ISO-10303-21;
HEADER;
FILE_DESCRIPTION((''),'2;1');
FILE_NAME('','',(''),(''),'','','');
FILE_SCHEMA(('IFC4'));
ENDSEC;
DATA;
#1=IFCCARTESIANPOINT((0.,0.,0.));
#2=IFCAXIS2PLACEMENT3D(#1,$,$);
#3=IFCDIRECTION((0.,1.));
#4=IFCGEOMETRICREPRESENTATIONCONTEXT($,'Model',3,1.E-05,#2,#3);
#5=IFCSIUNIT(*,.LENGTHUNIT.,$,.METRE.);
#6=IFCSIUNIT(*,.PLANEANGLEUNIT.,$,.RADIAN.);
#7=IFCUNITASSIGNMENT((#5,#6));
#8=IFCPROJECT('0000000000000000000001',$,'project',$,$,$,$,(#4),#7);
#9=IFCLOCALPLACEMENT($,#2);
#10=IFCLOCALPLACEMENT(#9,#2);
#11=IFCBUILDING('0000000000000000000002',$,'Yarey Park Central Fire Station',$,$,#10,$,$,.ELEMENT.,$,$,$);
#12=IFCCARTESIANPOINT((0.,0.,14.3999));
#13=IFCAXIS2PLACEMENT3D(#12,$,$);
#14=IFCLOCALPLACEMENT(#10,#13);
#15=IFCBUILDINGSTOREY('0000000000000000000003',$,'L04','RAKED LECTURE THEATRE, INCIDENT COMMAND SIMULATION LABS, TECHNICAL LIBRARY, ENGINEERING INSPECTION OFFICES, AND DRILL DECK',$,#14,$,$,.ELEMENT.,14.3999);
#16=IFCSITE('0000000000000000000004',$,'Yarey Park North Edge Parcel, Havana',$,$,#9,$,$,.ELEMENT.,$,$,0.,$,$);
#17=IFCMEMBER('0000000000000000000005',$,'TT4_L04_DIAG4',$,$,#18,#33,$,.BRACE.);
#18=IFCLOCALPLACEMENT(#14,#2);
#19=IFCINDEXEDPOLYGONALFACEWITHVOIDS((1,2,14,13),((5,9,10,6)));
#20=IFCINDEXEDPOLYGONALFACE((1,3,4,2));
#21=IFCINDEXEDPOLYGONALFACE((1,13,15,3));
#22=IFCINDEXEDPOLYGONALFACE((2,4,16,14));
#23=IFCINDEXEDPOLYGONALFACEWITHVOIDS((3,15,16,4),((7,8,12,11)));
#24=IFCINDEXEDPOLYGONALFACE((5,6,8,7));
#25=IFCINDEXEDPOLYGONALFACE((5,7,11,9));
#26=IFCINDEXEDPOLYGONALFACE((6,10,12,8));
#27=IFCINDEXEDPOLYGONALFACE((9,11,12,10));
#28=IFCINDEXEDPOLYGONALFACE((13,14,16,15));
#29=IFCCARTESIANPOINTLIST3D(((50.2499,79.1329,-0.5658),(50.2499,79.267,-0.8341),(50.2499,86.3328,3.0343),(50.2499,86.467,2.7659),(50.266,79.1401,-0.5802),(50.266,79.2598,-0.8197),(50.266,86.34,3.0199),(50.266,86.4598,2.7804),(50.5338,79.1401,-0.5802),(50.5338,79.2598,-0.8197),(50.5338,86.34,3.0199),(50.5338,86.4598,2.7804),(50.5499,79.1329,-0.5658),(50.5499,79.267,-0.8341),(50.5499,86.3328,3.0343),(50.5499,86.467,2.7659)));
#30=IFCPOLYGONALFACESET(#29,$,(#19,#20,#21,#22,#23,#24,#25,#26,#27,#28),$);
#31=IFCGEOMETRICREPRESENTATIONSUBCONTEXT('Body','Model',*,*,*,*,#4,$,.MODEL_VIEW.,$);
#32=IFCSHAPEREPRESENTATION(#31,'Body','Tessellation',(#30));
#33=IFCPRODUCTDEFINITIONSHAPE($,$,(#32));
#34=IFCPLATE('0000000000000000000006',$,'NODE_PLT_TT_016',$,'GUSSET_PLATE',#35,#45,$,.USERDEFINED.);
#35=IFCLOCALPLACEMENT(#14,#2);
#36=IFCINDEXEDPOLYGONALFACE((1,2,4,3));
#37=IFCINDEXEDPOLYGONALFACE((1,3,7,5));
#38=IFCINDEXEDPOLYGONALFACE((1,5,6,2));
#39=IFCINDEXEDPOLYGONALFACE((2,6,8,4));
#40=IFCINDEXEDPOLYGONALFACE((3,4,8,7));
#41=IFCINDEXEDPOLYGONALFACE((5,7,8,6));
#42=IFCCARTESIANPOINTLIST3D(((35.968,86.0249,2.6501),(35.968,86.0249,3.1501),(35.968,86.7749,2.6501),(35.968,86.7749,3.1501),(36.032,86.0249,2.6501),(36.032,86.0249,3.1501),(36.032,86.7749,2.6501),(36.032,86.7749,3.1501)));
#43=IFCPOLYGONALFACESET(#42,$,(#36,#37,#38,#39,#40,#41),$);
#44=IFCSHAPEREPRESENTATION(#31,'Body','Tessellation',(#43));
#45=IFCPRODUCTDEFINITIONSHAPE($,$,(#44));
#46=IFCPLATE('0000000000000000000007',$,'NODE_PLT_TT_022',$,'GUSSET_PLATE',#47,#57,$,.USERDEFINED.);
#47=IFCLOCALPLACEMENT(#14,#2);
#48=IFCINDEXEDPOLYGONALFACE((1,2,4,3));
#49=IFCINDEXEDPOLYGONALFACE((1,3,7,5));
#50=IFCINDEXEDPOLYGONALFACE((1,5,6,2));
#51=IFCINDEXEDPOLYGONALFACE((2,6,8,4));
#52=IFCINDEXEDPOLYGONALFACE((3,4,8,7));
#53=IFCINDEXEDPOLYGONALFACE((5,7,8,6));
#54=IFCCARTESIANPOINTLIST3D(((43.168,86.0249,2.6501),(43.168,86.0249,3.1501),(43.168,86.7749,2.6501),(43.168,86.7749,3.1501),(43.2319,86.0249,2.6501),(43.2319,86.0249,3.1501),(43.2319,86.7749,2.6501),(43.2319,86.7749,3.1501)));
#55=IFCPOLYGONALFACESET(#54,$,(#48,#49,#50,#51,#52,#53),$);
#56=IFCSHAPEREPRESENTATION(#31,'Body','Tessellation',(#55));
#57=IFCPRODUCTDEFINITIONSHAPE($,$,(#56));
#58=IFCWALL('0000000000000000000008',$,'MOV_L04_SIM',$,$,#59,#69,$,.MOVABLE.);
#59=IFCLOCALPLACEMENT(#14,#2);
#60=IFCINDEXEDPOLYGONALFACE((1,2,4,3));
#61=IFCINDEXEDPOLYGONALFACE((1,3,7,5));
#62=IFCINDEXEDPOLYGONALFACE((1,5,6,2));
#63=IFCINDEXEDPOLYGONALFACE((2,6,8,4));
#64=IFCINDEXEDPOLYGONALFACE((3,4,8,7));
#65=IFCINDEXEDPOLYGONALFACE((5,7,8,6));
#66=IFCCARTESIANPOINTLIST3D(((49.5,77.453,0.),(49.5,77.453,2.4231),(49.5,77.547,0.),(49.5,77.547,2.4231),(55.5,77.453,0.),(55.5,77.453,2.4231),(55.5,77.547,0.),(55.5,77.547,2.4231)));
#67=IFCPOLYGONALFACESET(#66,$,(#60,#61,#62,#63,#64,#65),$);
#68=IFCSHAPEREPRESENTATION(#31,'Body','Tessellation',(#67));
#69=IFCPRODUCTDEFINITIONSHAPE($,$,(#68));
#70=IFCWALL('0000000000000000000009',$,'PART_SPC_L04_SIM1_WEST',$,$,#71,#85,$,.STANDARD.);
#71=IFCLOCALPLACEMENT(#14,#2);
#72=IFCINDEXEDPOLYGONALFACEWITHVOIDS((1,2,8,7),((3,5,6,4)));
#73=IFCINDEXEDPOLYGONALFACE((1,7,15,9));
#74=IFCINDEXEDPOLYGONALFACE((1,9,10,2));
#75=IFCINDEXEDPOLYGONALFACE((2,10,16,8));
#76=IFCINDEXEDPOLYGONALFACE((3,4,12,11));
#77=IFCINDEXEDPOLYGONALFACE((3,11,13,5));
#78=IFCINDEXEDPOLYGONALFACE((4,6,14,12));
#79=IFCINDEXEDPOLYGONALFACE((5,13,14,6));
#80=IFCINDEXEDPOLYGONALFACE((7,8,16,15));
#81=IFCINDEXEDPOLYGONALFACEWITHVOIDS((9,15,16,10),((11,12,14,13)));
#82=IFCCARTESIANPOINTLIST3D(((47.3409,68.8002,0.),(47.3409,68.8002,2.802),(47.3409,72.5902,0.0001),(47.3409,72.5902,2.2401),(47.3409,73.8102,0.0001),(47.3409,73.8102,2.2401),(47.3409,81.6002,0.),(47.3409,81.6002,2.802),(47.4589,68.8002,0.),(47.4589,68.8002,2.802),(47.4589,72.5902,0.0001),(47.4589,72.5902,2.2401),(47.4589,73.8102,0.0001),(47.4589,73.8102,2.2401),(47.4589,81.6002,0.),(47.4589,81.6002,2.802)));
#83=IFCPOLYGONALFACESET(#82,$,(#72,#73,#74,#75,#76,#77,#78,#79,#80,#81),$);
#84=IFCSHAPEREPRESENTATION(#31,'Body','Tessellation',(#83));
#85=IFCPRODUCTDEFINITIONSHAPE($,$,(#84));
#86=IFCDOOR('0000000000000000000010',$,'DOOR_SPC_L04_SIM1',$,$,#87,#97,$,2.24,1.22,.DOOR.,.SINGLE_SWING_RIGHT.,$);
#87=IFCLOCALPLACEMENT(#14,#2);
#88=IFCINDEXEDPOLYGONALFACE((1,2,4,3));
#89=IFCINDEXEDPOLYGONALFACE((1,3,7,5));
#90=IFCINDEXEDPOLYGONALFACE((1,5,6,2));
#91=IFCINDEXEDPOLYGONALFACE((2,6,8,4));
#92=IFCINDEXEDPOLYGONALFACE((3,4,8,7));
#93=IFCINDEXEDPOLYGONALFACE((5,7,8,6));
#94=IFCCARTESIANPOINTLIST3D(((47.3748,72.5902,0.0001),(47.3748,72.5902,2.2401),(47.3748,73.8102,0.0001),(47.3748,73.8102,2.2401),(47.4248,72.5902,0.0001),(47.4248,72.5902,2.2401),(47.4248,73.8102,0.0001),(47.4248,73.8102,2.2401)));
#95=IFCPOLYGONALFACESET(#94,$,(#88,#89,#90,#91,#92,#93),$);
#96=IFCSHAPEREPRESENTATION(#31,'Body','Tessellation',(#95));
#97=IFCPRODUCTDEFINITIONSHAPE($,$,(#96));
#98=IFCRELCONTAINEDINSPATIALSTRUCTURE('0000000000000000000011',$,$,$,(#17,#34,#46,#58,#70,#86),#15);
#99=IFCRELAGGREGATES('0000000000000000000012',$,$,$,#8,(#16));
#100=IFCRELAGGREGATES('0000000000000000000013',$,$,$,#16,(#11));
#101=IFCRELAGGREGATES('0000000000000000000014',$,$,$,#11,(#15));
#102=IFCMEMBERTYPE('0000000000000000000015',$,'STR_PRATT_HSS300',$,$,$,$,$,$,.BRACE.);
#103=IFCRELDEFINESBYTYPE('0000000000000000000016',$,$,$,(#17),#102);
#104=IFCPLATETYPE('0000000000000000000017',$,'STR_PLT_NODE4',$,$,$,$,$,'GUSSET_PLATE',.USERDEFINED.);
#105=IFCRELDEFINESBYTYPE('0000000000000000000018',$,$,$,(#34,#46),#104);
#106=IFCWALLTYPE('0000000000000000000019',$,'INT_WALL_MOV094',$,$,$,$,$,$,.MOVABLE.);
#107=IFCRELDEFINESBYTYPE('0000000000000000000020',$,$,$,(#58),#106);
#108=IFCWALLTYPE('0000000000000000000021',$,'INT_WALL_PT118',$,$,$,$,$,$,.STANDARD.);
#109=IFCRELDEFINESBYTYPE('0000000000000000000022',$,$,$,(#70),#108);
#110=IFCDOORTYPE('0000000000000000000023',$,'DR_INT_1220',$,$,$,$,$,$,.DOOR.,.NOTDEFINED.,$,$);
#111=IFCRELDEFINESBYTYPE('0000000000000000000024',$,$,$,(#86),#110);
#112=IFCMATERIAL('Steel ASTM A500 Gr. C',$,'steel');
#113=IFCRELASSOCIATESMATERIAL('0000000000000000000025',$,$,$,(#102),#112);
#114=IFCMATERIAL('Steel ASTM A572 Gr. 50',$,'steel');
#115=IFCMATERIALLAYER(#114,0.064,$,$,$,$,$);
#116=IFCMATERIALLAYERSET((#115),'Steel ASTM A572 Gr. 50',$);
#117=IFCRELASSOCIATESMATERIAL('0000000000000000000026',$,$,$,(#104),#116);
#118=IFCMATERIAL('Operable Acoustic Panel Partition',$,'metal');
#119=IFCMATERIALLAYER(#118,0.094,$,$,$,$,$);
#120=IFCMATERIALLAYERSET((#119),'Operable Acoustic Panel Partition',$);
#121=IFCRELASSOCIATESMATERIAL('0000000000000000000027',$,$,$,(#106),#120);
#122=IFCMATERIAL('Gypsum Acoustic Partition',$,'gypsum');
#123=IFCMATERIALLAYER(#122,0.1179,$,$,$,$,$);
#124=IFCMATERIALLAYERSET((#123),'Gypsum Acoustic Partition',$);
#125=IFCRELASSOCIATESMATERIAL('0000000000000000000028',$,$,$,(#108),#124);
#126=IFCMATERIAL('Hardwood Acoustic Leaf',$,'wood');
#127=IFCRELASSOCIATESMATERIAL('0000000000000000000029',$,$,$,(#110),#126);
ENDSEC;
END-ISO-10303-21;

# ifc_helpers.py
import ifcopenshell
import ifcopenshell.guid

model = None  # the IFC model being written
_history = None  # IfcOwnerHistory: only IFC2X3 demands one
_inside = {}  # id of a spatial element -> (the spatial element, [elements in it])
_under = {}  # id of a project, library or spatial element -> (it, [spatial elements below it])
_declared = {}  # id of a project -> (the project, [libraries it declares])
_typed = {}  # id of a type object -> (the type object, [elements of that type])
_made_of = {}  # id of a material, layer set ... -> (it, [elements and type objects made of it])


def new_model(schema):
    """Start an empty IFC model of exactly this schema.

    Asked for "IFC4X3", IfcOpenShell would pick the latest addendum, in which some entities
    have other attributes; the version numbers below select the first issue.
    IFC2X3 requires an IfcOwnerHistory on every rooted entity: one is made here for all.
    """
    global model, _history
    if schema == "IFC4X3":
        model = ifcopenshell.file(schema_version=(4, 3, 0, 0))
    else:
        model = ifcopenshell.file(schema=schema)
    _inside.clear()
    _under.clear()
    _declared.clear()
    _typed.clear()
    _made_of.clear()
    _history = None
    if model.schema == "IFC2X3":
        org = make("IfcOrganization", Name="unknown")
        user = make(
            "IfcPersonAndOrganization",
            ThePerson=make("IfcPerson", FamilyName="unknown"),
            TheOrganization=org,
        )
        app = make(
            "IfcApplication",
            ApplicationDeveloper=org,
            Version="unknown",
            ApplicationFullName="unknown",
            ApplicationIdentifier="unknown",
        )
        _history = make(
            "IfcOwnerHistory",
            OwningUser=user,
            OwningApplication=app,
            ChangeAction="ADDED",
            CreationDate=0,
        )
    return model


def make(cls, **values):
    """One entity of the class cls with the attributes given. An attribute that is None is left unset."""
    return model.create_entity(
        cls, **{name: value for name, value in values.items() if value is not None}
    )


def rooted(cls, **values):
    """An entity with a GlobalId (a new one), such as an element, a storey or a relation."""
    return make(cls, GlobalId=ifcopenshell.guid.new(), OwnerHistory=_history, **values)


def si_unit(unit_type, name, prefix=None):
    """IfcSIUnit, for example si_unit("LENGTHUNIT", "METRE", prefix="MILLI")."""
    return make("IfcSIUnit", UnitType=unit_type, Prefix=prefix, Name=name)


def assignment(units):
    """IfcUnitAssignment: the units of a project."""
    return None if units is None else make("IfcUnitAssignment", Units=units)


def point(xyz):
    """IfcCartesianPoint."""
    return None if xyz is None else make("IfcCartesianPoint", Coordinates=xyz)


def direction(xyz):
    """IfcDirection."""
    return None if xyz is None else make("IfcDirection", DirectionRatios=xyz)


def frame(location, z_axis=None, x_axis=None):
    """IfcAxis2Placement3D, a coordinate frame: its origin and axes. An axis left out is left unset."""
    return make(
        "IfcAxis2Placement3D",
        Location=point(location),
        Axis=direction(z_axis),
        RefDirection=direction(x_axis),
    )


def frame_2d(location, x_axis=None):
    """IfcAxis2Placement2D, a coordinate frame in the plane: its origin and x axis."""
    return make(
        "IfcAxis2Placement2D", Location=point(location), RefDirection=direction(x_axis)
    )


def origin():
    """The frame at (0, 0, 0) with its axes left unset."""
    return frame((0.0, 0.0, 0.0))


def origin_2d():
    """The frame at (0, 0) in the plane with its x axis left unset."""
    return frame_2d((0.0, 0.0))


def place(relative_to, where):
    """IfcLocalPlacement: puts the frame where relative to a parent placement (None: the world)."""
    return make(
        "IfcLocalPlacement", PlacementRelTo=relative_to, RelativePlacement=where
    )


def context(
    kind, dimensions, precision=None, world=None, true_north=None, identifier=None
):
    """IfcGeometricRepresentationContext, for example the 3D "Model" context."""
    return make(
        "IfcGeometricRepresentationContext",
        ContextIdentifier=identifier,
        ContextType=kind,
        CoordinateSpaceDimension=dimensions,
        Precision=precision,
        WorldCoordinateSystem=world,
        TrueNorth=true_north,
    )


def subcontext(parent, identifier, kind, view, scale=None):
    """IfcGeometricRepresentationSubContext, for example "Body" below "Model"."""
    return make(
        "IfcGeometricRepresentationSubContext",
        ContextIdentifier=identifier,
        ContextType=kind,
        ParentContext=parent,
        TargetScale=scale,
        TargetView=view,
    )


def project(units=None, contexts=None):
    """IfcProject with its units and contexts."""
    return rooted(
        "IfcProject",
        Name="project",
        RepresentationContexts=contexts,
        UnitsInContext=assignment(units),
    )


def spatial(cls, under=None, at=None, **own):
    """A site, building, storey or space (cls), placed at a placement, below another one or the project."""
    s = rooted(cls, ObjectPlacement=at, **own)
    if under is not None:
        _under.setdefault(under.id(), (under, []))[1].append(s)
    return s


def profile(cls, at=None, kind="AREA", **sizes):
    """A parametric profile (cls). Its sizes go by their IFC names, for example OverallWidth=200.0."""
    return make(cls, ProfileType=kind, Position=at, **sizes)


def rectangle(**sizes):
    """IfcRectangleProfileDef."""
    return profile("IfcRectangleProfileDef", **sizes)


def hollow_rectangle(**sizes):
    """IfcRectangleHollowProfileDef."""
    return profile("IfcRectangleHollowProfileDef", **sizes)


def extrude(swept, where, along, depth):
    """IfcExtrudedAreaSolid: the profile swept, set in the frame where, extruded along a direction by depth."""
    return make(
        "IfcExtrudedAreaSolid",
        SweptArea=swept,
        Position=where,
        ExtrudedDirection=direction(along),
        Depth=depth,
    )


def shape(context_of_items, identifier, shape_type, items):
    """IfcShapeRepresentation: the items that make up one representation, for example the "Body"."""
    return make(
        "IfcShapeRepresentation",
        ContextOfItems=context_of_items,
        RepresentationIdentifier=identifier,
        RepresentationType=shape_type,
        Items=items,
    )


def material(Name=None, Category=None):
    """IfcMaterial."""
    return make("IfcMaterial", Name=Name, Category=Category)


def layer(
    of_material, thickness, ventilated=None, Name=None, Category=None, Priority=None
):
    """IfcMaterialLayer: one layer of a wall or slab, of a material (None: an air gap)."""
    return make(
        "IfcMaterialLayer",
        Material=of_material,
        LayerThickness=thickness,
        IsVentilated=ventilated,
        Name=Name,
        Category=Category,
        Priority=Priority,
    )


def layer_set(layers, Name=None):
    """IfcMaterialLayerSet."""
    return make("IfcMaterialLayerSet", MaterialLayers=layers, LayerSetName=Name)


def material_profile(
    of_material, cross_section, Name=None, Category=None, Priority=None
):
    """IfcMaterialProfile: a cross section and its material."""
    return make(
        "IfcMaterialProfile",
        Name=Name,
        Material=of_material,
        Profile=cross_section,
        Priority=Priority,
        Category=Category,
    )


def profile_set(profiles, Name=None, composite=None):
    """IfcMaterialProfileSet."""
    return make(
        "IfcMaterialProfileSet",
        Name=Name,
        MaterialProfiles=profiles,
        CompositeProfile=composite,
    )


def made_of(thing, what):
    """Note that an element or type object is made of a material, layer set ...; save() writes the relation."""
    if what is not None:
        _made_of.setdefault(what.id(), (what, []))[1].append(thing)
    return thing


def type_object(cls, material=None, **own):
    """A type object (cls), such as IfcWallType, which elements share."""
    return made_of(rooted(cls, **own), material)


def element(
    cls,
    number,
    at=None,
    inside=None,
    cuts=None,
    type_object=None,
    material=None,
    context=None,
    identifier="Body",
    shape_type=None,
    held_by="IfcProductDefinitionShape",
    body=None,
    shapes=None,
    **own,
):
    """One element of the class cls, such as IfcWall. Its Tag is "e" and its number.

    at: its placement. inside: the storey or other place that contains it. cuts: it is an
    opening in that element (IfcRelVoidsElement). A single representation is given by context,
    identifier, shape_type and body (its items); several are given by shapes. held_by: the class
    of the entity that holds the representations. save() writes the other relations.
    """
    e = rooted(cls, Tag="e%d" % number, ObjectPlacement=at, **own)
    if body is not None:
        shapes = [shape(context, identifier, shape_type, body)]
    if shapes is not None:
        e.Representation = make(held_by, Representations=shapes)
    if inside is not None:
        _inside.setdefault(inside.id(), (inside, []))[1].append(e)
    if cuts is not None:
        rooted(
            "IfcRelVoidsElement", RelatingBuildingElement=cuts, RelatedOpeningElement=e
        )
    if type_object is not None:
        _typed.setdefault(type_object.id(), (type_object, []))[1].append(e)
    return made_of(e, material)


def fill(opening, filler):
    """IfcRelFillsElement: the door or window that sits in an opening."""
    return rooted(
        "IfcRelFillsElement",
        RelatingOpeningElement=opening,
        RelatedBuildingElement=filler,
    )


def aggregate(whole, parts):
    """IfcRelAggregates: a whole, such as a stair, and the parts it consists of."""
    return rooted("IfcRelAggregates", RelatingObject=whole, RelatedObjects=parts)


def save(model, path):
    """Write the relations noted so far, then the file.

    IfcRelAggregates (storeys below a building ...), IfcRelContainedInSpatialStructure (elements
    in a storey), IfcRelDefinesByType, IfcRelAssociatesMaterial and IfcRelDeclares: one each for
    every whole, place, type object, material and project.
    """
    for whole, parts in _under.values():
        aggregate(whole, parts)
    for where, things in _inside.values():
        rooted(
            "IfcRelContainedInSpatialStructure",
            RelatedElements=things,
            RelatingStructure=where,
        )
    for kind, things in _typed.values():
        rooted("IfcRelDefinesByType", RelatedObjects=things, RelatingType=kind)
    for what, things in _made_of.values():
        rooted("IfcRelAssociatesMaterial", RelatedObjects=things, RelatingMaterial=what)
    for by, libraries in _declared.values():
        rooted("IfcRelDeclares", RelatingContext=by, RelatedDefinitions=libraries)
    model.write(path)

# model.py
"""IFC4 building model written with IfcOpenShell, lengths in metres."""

from ifc_helpers import new_model, si_unit, direction, frame, frame_2d, origin, origin_2d, place, context, subcontext, project, spatial, rectangle, hollow_rectangle, extrude, material, layer, layer_set, material_profile, profile_set, type_object, element, fill, save


model = new_model("IFC4")

# Units and contexts
model_context = context("Model", 3, precision=1e-05, world=origin(), true_north=direction((0.0, 1.0)))
body_context = subcontext(model_context, "Body", "Model", "MODEL_VIEW")
ifc_project = project(units=[si_unit("LENGTHUNIT", "METRE"), si_unit("PLANEANGLEUNIT", "RADIAN")], contexts=[model_context])

# Site, building, storey
site_placement = place(None, origin())
site = spatial("IfcSite", under=ifc_project, at=site_placement, Name="Yarey Park North Edge Parcel, Havana", CompositionType="ELEMENT", RefElevation=0.0)
building_placement = place(site_placement, origin())
building = spatial("IfcBuilding", under=site, at=building_placement, Name="Yarey Park Central Fire Station", CompositionType="ELEMENT")
storey_placement = place(building_placement, frame((0.0, 0.0, 14.3999)))
storey = spatial("IfcBuildingStorey", under=building, at=storey_placement, Name="L04", Description="RAKED LECTURE THEATRE, INCIDENT COMMAND SIMULATION LABS, TECHNICAL LIBRARY, ENGINEERING INSPECTION OFFICES, AND DRILL DECK", CompositionType="ELEMENT", Elevation=14.3999)

# Member
ifc_material_1 = material(Name="Steel ASTM A500 Gr. C", Category="steel")
ifc_material_profile_1 = material_profile(ifc_material_1, hollow_rectangle(XDim=0.3, YDim=0.3, WallThickness=0.0161, at=origin_2d()), Name="HSS 300x300x16")
ifc_profile_set_1 = profile_set([ifc_material_profile_1], Name="Steel ASTM A500 Gr. C")
member_type = type_object("IfcMemberType", Name="STR_PRATT_HSS300", PredefinedType="BRACE", material=ifc_profile_set_1)
member_1_placement = place(storey_placement, frame((50.3999, 79.2, -0.7), z_axis=(0.0, 0.894421, 0.447226), x_axis=(-1.0, 0.0, 0.0)))
element("IfcMember", 1, at=member_1_placement, inside=storey, type_object=member_type, Name="TT4_L04_DIAG4", PredefinedType="BRACE", context=body_context, shape_type="SweptSolid", body=[
    extrude(hollow_rectangle(XDim=0.3, YDim=0.3, WallThickness=0.0161, at=origin_2d()), origin(), (0.0, 0.0, 1.0), 8.0498),
])

# Plates
ifc_material_2 = material(Name="Steel ASTM A572 Gr. 50", Category="steel")
ifc_layer_1 = layer(ifc_material_2, 0.064)
ifc_layer_set_1 = layer_set([ifc_layer_1], Name="Steel ASTM A572 Gr. 50")
plate_type = type_object("IfcPlateType", Name="STR_PLT_NODE4", ElementType="GUSSET_PLATE", PredefinedType="USERDEFINED", material=ifc_layer_set_1)
for number, where, z_axis, x_axis, name in (
    (2, (36.0, 86.3999, 2.6501), (0.0, 0.0, 1.0), (1.0, 0.0, 0.0), "NODE_PLT_TT_016"),
    (3, (43.2, 86.3999, 2.6501), (0.0, 0.0, 1.0), (1.0, 0.0, 0.0), "NODE_PLT_TT_022"),
):
    element("IfcPlate", number, at=place(storey_placement, frame(where, z_axis=z_axis, x_axis=x_axis)), inside=storey, type_object=plate_type, Name=name, ObjectType="GUSSET_PLATE", PredefinedType="USERDEFINED", context=body_context, shape_type="SweptSolid", body=[
        extrude(rectangle(XDim=0.064, YDim=0.75, at=origin_2d()), origin(), (0.0, 0.0, 1.0), 0.5),
    ])

# Wall
ifc_material_3 = material(Name="Operable Acoustic Panel Partition", Category="metal")
ifc_layer_2 = layer(ifc_material_3, 0.094)
ifc_layer_set_2 = layer_set([ifc_layer_2], Name="Operable Acoustic Panel Partition")
wall_type_1 = type_object("IfcWallType", Name="INT_WALL_MOV094", PredefinedType="MOVABLE", material=ifc_layer_set_2)
wall_1_placement = place(storey_placement, frame((49.5, 77.5, 0.0), z_axis=(0.0, 0.0, 1.0), x_axis=(1.0, 0.0, 0.0)))
element("IfcWall", 4, at=wall_1_placement, inside=storey, type_object=wall_type_1, Name="MOV_L04_SIM", PredefinedType="MOVABLE", context=body_context, shape_type="SweptSolid", body=[
    extrude(rectangle(XDim=6.0, YDim=0.094, at=frame_2d((3.0, 0.0))), origin(), (0.0, 0.0, 1.0), 2.4231),
])

# Wall, opening, door
ifc_material_4 = material(Name="Gypsum Acoustic Partition", Category="gypsum")
ifc_layer_3 = layer(ifc_material_4, 0.1179)
ifc_layer_set_3 = layer_set([ifc_layer_3], Name="Gypsum Acoustic Partition")
wall_type_2 = type_object("IfcWallType", Name="INT_WALL_PT118", PredefinedType="STANDARD", material=ifc_layer_set_3)
wall_2_placement = place(storey_placement, frame((47.3999, 81.6001, 0.0), z_axis=(0.0, 0.0, 1.0), x_axis=(0.0, -1.0, 0.0)))
wall_2 = element("IfcWall", 5, at=wall_2_placement, inside=storey, type_object=wall_type_2, Name="PART_SPC_L04_SIM1_WEST", PredefinedType="STANDARD", context=body_context, shape_type="SweptSolid", body=[
    extrude(rectangle(XDim=12.8, YDim=0.1179, at=frame_2d((6.3999, 0.0))), origin(), (0.0, 0.0, 1.0), 2.802),
])
opening_placement = place(wall_2_placement, frame((7.79, 0.0, 0.0)))
opening = element("IfcOpeningElement", 6, at=opening_placement, cuts=wall_2, PredefinedType="OPENING", context=body_context, shape_type="SweptSolid", body=[
    extrude(rectangle(XDim=1.22, YDim=2.24, at=frame_2d((0.6099, 1.1201))), frame((0.0, 0.0688, 0.0), z_axis=(0.0, -1.0, 0.0), x_axis=(1.0, 0.0, 0.0)), (0.0, 0.0, 1.0), 0.1379),
])
ifc_material_5 = material(Name="Hardwood Acoustic Leaf", Category="wood")
door_type = type_object("IfcDoorType", Name="DR_INT_1220", OperationType="NOTDEFINED", PredefinedType="DOOR", material=ifc_material_5)
door_placement = place(opening_placement, origin())
door = element("IfcDoor", 7, at=door_placement, inside=storey, type_object=door_type, Name="DOOR_SPC_L04_SIM1", OperationType="SINGLE_SWING_RIGHT", OverallHeight=2.24, OverallWidth=1.22, PredefinedType="DOOR", context=body_context, shape_type="SweptSolid", body=[
    extrude(rectangle(XDim=1.22, YDim=2.24, at=frame_2d((0.6099, 1.1201))), frame((0.0, 0.0249, 0.0), z_axis=(0.0, -1.0, 0.0), x_axis=(1.0, 0.0, 0.0)), (0.0, 0.0, 1.0), 0.05),
])
fill(opening, door)

save(model, "model.ifc")
